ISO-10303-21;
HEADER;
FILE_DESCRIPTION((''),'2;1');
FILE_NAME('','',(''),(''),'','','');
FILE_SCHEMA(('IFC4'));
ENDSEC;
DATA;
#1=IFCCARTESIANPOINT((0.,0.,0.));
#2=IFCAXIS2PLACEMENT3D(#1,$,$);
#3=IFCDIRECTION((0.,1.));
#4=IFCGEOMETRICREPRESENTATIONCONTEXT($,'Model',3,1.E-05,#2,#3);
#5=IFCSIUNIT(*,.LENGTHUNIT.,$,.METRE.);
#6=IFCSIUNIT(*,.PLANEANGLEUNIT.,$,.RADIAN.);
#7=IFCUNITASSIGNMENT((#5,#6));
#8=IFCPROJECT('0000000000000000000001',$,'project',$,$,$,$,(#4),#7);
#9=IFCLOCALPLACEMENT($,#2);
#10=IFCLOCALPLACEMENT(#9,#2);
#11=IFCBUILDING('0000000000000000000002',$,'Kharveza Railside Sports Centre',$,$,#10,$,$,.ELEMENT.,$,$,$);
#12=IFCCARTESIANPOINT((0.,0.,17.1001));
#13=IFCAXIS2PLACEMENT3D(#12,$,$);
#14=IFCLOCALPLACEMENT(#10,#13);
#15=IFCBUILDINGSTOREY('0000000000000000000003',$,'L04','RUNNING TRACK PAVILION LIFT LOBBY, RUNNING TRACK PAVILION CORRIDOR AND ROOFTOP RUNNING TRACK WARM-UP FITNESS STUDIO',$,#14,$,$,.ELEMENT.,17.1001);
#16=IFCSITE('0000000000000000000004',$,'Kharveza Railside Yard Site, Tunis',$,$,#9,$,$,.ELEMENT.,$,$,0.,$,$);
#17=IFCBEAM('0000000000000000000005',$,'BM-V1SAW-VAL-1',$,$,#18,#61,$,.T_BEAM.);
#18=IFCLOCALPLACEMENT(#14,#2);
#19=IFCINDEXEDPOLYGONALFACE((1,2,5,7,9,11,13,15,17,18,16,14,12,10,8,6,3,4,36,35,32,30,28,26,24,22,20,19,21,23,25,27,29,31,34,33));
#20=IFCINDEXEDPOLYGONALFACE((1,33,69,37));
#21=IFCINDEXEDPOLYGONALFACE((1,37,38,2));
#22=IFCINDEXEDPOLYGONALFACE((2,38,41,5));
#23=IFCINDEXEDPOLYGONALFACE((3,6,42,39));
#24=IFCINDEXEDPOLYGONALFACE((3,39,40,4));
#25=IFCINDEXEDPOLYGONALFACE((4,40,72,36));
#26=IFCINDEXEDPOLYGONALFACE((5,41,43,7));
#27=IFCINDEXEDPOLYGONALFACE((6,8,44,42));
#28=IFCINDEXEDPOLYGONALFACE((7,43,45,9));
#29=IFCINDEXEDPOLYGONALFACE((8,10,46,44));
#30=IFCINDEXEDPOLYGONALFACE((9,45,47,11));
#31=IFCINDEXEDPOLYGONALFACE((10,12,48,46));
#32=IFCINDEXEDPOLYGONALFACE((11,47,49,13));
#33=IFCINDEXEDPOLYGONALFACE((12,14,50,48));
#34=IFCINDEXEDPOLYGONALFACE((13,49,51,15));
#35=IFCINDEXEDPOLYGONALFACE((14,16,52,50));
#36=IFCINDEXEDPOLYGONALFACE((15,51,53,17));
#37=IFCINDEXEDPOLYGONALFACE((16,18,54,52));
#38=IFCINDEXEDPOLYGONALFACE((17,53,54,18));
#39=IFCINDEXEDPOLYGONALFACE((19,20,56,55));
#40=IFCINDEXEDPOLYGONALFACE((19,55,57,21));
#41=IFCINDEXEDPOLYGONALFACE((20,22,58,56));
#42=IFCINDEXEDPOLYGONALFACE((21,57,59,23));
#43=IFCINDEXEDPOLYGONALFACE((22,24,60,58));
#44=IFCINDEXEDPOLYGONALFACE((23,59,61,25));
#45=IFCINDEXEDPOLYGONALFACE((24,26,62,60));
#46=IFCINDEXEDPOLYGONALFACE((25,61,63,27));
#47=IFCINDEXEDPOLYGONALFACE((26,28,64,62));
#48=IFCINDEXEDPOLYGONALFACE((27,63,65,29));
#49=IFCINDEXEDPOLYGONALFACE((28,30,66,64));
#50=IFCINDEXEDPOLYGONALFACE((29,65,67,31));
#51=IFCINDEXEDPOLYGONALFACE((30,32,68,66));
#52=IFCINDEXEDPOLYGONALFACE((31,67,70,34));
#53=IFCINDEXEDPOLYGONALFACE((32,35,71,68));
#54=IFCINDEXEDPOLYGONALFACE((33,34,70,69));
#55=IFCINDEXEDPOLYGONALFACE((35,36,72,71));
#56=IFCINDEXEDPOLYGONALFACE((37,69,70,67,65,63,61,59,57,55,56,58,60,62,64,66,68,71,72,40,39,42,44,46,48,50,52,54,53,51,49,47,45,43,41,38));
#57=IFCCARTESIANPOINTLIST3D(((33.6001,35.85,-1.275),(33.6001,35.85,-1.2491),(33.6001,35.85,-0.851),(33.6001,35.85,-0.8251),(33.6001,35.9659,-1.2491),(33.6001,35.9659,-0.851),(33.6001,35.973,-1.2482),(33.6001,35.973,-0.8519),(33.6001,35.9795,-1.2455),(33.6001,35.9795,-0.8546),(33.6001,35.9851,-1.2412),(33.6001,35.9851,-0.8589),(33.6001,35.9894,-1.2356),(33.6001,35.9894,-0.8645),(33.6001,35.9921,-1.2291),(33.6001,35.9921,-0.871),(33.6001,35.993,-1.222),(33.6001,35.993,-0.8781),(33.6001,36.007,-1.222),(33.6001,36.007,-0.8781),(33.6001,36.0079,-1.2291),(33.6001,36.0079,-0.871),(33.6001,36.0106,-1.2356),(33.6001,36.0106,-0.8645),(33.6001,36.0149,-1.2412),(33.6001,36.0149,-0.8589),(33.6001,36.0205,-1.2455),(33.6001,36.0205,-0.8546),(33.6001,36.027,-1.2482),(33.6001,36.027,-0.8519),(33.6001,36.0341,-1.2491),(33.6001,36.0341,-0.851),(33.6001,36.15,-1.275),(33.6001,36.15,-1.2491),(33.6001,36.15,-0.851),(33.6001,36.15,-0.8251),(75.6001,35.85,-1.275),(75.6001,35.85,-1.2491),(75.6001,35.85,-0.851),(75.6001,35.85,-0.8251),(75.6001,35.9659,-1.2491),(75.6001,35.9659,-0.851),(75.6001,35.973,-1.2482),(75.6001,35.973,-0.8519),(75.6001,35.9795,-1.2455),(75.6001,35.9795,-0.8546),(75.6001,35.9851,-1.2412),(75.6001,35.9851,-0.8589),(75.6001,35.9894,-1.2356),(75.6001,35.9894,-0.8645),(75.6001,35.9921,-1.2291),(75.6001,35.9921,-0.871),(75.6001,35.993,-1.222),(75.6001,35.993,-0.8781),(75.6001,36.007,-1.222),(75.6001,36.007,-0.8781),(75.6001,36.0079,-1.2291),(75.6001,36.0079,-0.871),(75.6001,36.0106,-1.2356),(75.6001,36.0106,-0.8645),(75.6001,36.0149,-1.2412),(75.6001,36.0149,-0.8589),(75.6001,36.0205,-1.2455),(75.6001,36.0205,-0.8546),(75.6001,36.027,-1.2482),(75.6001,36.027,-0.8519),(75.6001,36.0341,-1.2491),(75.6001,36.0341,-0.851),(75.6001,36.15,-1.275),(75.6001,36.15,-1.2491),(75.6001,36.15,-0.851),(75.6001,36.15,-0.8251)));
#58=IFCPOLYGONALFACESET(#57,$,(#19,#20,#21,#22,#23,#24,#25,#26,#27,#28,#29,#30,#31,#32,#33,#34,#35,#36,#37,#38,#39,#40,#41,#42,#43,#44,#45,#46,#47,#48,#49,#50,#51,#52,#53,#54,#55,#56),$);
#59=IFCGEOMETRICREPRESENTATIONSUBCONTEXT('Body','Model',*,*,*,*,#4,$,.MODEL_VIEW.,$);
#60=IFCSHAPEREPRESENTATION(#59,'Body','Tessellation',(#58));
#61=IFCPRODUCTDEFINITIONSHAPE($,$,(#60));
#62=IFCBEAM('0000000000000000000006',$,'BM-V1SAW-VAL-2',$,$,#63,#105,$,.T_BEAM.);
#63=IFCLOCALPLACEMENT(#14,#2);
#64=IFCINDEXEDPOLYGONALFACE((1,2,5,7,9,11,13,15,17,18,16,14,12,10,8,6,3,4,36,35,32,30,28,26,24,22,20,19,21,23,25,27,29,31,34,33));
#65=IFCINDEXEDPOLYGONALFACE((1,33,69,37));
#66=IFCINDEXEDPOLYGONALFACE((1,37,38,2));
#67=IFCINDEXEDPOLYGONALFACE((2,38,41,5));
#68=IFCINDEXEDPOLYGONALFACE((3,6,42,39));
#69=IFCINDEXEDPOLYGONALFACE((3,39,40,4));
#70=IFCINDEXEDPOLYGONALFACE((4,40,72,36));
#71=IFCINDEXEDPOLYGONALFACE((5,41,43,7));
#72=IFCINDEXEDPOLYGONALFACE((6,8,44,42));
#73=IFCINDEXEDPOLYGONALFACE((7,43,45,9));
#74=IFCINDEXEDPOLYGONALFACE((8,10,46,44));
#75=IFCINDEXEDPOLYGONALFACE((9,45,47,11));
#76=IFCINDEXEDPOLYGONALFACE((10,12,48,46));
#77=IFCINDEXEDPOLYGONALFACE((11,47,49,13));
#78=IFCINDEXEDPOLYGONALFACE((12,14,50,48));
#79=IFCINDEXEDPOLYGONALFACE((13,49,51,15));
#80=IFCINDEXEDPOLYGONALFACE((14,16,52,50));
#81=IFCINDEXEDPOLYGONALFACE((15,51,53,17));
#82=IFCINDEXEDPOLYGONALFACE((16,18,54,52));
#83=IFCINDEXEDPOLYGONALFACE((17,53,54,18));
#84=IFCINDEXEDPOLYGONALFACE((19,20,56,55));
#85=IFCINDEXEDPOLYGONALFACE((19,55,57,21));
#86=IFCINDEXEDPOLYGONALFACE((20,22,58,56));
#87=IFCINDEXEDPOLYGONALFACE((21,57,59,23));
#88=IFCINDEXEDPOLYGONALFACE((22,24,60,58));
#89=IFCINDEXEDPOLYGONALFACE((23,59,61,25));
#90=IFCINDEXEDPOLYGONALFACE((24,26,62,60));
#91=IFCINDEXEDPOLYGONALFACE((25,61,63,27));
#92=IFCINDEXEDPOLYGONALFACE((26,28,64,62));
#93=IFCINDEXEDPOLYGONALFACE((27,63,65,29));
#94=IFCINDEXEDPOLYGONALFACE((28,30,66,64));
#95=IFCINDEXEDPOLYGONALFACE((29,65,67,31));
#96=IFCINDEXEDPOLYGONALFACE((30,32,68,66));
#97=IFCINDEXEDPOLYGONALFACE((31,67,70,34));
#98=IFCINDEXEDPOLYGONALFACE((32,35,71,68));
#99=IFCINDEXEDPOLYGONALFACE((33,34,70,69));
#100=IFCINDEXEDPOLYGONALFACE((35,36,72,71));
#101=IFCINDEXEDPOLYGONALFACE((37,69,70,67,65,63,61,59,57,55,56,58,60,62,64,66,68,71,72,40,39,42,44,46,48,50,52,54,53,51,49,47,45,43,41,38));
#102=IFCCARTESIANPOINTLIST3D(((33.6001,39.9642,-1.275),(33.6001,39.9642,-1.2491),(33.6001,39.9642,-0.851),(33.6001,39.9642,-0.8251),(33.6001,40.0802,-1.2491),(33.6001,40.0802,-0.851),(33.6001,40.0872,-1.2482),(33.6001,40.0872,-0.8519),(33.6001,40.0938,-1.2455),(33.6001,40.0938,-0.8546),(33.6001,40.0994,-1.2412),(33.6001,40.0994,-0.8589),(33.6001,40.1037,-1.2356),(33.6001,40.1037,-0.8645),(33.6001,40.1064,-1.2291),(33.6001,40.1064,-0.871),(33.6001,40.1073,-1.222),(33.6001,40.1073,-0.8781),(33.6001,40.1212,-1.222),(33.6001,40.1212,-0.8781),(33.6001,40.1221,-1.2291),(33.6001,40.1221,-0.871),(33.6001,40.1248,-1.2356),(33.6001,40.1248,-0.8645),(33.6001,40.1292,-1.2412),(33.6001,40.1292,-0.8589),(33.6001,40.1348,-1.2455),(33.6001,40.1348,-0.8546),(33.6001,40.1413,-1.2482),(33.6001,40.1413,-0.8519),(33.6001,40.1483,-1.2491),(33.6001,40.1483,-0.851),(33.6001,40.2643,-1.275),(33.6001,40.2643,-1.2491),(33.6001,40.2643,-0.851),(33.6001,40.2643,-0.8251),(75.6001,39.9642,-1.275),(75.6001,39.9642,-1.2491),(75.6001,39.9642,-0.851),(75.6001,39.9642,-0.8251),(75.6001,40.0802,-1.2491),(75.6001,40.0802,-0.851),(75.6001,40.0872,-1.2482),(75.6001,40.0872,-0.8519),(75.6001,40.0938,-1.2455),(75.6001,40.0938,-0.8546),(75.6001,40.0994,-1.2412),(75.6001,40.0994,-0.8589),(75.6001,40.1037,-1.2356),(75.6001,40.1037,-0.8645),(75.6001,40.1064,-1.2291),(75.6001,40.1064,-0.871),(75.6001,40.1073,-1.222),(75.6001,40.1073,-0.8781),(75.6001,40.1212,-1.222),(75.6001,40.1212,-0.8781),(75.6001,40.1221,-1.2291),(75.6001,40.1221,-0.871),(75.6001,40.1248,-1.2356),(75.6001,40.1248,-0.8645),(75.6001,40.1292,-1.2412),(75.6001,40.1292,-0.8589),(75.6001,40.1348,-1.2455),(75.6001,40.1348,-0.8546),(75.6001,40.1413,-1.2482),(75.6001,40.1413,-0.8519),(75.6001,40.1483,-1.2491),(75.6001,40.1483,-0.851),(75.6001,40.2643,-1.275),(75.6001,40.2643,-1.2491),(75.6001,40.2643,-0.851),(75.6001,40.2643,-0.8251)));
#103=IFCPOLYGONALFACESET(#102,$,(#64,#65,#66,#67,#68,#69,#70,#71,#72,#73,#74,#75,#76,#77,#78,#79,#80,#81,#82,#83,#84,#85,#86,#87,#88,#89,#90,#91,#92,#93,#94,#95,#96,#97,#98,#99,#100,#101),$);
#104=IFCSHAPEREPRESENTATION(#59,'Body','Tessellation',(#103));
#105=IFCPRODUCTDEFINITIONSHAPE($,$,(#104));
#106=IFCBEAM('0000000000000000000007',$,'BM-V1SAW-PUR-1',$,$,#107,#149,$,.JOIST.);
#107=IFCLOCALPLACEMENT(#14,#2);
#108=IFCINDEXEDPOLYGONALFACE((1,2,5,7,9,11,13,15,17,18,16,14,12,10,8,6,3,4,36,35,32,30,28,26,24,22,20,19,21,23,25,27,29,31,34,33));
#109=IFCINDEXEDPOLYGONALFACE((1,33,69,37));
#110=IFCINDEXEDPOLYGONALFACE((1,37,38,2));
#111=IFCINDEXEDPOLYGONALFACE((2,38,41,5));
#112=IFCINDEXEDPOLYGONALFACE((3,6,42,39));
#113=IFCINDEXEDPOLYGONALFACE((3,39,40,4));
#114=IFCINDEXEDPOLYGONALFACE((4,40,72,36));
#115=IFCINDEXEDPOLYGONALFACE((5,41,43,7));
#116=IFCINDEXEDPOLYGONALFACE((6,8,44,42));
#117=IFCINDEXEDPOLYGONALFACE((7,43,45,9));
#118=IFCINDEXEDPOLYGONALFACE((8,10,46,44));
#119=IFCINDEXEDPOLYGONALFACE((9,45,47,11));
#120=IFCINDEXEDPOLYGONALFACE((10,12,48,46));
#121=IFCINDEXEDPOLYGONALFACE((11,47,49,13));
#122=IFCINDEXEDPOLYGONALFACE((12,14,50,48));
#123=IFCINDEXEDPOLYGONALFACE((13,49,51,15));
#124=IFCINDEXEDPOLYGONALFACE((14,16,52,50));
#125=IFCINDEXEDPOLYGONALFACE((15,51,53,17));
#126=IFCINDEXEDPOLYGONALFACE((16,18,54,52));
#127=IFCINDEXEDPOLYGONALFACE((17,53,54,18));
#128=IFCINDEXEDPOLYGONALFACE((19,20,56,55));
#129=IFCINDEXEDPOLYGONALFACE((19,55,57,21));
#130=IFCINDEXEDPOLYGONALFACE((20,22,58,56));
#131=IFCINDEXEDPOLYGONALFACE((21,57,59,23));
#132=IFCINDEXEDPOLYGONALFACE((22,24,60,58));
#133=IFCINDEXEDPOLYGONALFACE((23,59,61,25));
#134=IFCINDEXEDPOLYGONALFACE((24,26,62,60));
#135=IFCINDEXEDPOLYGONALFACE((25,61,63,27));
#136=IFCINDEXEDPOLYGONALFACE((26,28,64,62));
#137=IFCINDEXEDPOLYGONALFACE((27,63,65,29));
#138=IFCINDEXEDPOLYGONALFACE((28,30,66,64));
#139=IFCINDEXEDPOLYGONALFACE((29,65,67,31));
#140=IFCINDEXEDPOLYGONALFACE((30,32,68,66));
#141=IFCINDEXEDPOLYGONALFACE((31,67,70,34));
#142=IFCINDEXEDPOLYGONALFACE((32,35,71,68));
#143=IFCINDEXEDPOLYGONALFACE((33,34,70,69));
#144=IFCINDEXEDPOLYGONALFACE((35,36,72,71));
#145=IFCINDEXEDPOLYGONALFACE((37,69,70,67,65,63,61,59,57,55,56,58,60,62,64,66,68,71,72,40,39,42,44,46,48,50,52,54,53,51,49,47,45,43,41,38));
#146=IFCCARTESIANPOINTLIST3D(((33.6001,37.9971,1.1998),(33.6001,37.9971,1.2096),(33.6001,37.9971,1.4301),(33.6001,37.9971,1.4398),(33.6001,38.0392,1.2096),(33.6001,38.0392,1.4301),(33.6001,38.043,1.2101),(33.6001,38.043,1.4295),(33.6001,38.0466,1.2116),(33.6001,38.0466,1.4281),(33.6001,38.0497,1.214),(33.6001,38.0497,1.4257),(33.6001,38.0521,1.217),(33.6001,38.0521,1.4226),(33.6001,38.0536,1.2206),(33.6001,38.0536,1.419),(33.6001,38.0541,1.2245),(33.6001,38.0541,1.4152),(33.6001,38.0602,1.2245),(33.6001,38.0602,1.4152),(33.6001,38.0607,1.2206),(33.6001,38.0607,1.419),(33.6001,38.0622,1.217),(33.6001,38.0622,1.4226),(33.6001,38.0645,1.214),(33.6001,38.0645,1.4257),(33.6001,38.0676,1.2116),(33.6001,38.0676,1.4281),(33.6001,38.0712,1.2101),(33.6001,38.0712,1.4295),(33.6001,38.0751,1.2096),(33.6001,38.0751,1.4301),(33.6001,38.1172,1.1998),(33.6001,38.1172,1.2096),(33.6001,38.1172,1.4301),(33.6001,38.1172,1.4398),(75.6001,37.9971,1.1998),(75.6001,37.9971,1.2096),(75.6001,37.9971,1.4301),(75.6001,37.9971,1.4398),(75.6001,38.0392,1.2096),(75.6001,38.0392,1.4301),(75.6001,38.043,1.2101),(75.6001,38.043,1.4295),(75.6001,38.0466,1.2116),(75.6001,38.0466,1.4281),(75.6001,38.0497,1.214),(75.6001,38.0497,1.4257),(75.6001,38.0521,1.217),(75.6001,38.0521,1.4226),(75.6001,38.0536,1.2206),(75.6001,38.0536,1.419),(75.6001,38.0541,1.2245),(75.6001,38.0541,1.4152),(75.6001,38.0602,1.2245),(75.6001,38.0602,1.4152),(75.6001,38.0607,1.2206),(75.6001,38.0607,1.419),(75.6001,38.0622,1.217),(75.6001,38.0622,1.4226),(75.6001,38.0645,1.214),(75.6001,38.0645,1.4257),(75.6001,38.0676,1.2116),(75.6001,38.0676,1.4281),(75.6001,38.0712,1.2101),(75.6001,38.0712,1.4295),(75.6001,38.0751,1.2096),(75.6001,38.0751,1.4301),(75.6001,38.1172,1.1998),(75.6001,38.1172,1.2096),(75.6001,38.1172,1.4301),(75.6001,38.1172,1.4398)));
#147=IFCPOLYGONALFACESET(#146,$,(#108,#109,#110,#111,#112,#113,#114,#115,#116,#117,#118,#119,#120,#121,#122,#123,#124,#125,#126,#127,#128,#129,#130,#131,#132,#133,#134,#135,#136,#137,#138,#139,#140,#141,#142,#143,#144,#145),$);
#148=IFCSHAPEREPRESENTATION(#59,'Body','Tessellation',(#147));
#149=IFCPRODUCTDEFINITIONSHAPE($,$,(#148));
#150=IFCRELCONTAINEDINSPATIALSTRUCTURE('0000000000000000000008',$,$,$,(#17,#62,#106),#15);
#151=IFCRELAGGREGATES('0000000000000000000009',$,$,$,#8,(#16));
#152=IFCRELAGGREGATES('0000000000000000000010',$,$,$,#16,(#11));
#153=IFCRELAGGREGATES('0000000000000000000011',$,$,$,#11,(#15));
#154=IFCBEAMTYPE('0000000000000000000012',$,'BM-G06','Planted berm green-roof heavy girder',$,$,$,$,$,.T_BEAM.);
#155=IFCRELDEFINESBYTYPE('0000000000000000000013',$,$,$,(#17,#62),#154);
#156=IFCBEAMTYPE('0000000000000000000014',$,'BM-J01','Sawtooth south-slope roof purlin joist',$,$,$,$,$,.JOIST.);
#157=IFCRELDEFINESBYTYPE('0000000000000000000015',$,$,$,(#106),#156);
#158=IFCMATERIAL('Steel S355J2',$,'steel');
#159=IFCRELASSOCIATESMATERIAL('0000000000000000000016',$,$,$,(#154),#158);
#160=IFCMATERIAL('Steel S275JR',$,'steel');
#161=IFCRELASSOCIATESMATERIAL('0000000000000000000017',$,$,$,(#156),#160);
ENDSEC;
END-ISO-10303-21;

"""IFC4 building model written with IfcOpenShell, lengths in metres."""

from ifc_helpers import new_model, si_unit, direction, frame, origin, origin_2d, place, context, subcontext, project, spatial, i_section, extrude, material, material_profile, profile_set, type_object, element, save


model = new_model("IFC4")

# Units and contexts
model_context = context("Model", 3, precision=1e-05, world=origin(), true_north=direction((0.0, 1.0)))
body_context = subcontext(model_context, "Body", "Model", "MODEL_VIEW")
ifc_project = project(units=[si_unit("LENGTHUNIT", "METRE"), si_unit("PLANEANGLEUNIT", "RADIAN")], contexts=[model_context])

# Site, building, storey
site_placement = place(None, origin())
site = spatial("IfcSite", under=ifc_project, at=site_placement, Name="Kharveza Railside Yard Site, Tunis", CompositionType="ELEMENT", RefElevation=0.0)
building_placement = place(site_placement, origin())
building = spatial("IfcBuilding", under=site, at=building_placement, Name="Kharveza Railside Sports Centre", CompositionType="ELEMENT")
storey_placement = place(building_placement, frame((0.0, 0.0, 17.1001)))
storey = spatial("IfcBuildingStorey", under=building, at=storey_placement, Name="L04", Description="RUNNING TRACK PAVILION LIFT LOBBY, RUNNING TRACK PAVILION CORRIDOR AND ROOFTOP RUNNING TRACK WARM-UP FITNESS STUDIO", CompositionType="ELEMENT", Elevation=17.1001)

# Beams
ifc_material_1 = material(Name="Steel S355J2", Category="steel")
ifc_material_profile_1 = material_profile(ifc_material_1, i_section(OverallWidth=0.3, OverallDepth=0.45, WebThickness=0.0139, FlangeThickness=0.0259, FilletRadius=0.0271, at=origin_2d()), Name="HEB 450")
ifc_profile_set_1 = profile_set([ifc_material_profile_1], Name="Steel S355J2")
beam_type_1 = type_object("IfcBeamType", Name="BM-G06", Description="Planted berm green-roof heavy girder", PredefinedType="T_BEAM", material=ifc_profile_set_1)
for number, where, z_axis, x_axis, name in (
    (1, (33.6001, 36.0, -1.05), (1.0, 0.0, 0.0), (0.0, 1.0, 0.0), "BM-V1SAW-VAL-1"),
    (2, (33.6001, 40.1143, -1.05), (1.0, 0.0, 0.0), (0.0, 1.0, 0.0), "BM-V1SAW-VAL-2"),
):
    element("IfcBeam", number, at=place(storey_placement, frame(where, z_axis=z_axis, x_axis=x_axis)), inside=storey, type_object=beam_type_1, Name=name, PredefinedType="T_BEAM", context=body_context, shape_type="SweptSolid", body=[
        extrude(i_section(OverallWidth=0.3, OverallDepth=0.45, WebThickness=0.0139, FlangeThickness=0.0259, FilletRadius=0.0271, at=origin_2d()), origin(), (0.0, 0.0, 1.0), 42.0),
    ])
ifc_material_2 = material(Name="Steel S275JR", Category="steel")
ifc_material_profile_2 = material_profile(ifc_material_2, i_section(OverallWidth=0.1201, OverallDepth=0.24, WebThickness=0.0061, FlangeThickness=0.0098, FilletRadius=0.0149, at=origin_2d()), Name="IPE 240")
ifc_profile_set_2 = profile_set([ifc_material_profile_2], Name="Steel S275JR")
beam_type_2 = type_object("IfcBeamType", Name="BM-J01", Description="Sawtooth south-slope roof purlin joist", PredefinedType="JOIST", material=ifc_profile_set_2)
beam_placement = place(storey_placement, frame((33.6001, 38.0571, 1.3198), z_axis=(1.0, 0.0, 0.0), x_axis=(0.0, 1.0, 0.0)))
element("IfcBeam", 3, at=beam_placement, inside=storey, type_object=beam_type_2, Name="BM-V1SAW-PUR-1", PredefinedType="JOIST", context=body_context, shape_type="SweptSolid", body=[
    extrude(i_section(OverallWidth=0.1201, OverallDepth=0.24, WebThickness=0.0061, FlangeThickness=0.0098, FilletRadius=0.0149, at=origin_2d()), origin(), (0.0, 0.0, 1.0), 42.0),
])

save(model, "model.ifc")
